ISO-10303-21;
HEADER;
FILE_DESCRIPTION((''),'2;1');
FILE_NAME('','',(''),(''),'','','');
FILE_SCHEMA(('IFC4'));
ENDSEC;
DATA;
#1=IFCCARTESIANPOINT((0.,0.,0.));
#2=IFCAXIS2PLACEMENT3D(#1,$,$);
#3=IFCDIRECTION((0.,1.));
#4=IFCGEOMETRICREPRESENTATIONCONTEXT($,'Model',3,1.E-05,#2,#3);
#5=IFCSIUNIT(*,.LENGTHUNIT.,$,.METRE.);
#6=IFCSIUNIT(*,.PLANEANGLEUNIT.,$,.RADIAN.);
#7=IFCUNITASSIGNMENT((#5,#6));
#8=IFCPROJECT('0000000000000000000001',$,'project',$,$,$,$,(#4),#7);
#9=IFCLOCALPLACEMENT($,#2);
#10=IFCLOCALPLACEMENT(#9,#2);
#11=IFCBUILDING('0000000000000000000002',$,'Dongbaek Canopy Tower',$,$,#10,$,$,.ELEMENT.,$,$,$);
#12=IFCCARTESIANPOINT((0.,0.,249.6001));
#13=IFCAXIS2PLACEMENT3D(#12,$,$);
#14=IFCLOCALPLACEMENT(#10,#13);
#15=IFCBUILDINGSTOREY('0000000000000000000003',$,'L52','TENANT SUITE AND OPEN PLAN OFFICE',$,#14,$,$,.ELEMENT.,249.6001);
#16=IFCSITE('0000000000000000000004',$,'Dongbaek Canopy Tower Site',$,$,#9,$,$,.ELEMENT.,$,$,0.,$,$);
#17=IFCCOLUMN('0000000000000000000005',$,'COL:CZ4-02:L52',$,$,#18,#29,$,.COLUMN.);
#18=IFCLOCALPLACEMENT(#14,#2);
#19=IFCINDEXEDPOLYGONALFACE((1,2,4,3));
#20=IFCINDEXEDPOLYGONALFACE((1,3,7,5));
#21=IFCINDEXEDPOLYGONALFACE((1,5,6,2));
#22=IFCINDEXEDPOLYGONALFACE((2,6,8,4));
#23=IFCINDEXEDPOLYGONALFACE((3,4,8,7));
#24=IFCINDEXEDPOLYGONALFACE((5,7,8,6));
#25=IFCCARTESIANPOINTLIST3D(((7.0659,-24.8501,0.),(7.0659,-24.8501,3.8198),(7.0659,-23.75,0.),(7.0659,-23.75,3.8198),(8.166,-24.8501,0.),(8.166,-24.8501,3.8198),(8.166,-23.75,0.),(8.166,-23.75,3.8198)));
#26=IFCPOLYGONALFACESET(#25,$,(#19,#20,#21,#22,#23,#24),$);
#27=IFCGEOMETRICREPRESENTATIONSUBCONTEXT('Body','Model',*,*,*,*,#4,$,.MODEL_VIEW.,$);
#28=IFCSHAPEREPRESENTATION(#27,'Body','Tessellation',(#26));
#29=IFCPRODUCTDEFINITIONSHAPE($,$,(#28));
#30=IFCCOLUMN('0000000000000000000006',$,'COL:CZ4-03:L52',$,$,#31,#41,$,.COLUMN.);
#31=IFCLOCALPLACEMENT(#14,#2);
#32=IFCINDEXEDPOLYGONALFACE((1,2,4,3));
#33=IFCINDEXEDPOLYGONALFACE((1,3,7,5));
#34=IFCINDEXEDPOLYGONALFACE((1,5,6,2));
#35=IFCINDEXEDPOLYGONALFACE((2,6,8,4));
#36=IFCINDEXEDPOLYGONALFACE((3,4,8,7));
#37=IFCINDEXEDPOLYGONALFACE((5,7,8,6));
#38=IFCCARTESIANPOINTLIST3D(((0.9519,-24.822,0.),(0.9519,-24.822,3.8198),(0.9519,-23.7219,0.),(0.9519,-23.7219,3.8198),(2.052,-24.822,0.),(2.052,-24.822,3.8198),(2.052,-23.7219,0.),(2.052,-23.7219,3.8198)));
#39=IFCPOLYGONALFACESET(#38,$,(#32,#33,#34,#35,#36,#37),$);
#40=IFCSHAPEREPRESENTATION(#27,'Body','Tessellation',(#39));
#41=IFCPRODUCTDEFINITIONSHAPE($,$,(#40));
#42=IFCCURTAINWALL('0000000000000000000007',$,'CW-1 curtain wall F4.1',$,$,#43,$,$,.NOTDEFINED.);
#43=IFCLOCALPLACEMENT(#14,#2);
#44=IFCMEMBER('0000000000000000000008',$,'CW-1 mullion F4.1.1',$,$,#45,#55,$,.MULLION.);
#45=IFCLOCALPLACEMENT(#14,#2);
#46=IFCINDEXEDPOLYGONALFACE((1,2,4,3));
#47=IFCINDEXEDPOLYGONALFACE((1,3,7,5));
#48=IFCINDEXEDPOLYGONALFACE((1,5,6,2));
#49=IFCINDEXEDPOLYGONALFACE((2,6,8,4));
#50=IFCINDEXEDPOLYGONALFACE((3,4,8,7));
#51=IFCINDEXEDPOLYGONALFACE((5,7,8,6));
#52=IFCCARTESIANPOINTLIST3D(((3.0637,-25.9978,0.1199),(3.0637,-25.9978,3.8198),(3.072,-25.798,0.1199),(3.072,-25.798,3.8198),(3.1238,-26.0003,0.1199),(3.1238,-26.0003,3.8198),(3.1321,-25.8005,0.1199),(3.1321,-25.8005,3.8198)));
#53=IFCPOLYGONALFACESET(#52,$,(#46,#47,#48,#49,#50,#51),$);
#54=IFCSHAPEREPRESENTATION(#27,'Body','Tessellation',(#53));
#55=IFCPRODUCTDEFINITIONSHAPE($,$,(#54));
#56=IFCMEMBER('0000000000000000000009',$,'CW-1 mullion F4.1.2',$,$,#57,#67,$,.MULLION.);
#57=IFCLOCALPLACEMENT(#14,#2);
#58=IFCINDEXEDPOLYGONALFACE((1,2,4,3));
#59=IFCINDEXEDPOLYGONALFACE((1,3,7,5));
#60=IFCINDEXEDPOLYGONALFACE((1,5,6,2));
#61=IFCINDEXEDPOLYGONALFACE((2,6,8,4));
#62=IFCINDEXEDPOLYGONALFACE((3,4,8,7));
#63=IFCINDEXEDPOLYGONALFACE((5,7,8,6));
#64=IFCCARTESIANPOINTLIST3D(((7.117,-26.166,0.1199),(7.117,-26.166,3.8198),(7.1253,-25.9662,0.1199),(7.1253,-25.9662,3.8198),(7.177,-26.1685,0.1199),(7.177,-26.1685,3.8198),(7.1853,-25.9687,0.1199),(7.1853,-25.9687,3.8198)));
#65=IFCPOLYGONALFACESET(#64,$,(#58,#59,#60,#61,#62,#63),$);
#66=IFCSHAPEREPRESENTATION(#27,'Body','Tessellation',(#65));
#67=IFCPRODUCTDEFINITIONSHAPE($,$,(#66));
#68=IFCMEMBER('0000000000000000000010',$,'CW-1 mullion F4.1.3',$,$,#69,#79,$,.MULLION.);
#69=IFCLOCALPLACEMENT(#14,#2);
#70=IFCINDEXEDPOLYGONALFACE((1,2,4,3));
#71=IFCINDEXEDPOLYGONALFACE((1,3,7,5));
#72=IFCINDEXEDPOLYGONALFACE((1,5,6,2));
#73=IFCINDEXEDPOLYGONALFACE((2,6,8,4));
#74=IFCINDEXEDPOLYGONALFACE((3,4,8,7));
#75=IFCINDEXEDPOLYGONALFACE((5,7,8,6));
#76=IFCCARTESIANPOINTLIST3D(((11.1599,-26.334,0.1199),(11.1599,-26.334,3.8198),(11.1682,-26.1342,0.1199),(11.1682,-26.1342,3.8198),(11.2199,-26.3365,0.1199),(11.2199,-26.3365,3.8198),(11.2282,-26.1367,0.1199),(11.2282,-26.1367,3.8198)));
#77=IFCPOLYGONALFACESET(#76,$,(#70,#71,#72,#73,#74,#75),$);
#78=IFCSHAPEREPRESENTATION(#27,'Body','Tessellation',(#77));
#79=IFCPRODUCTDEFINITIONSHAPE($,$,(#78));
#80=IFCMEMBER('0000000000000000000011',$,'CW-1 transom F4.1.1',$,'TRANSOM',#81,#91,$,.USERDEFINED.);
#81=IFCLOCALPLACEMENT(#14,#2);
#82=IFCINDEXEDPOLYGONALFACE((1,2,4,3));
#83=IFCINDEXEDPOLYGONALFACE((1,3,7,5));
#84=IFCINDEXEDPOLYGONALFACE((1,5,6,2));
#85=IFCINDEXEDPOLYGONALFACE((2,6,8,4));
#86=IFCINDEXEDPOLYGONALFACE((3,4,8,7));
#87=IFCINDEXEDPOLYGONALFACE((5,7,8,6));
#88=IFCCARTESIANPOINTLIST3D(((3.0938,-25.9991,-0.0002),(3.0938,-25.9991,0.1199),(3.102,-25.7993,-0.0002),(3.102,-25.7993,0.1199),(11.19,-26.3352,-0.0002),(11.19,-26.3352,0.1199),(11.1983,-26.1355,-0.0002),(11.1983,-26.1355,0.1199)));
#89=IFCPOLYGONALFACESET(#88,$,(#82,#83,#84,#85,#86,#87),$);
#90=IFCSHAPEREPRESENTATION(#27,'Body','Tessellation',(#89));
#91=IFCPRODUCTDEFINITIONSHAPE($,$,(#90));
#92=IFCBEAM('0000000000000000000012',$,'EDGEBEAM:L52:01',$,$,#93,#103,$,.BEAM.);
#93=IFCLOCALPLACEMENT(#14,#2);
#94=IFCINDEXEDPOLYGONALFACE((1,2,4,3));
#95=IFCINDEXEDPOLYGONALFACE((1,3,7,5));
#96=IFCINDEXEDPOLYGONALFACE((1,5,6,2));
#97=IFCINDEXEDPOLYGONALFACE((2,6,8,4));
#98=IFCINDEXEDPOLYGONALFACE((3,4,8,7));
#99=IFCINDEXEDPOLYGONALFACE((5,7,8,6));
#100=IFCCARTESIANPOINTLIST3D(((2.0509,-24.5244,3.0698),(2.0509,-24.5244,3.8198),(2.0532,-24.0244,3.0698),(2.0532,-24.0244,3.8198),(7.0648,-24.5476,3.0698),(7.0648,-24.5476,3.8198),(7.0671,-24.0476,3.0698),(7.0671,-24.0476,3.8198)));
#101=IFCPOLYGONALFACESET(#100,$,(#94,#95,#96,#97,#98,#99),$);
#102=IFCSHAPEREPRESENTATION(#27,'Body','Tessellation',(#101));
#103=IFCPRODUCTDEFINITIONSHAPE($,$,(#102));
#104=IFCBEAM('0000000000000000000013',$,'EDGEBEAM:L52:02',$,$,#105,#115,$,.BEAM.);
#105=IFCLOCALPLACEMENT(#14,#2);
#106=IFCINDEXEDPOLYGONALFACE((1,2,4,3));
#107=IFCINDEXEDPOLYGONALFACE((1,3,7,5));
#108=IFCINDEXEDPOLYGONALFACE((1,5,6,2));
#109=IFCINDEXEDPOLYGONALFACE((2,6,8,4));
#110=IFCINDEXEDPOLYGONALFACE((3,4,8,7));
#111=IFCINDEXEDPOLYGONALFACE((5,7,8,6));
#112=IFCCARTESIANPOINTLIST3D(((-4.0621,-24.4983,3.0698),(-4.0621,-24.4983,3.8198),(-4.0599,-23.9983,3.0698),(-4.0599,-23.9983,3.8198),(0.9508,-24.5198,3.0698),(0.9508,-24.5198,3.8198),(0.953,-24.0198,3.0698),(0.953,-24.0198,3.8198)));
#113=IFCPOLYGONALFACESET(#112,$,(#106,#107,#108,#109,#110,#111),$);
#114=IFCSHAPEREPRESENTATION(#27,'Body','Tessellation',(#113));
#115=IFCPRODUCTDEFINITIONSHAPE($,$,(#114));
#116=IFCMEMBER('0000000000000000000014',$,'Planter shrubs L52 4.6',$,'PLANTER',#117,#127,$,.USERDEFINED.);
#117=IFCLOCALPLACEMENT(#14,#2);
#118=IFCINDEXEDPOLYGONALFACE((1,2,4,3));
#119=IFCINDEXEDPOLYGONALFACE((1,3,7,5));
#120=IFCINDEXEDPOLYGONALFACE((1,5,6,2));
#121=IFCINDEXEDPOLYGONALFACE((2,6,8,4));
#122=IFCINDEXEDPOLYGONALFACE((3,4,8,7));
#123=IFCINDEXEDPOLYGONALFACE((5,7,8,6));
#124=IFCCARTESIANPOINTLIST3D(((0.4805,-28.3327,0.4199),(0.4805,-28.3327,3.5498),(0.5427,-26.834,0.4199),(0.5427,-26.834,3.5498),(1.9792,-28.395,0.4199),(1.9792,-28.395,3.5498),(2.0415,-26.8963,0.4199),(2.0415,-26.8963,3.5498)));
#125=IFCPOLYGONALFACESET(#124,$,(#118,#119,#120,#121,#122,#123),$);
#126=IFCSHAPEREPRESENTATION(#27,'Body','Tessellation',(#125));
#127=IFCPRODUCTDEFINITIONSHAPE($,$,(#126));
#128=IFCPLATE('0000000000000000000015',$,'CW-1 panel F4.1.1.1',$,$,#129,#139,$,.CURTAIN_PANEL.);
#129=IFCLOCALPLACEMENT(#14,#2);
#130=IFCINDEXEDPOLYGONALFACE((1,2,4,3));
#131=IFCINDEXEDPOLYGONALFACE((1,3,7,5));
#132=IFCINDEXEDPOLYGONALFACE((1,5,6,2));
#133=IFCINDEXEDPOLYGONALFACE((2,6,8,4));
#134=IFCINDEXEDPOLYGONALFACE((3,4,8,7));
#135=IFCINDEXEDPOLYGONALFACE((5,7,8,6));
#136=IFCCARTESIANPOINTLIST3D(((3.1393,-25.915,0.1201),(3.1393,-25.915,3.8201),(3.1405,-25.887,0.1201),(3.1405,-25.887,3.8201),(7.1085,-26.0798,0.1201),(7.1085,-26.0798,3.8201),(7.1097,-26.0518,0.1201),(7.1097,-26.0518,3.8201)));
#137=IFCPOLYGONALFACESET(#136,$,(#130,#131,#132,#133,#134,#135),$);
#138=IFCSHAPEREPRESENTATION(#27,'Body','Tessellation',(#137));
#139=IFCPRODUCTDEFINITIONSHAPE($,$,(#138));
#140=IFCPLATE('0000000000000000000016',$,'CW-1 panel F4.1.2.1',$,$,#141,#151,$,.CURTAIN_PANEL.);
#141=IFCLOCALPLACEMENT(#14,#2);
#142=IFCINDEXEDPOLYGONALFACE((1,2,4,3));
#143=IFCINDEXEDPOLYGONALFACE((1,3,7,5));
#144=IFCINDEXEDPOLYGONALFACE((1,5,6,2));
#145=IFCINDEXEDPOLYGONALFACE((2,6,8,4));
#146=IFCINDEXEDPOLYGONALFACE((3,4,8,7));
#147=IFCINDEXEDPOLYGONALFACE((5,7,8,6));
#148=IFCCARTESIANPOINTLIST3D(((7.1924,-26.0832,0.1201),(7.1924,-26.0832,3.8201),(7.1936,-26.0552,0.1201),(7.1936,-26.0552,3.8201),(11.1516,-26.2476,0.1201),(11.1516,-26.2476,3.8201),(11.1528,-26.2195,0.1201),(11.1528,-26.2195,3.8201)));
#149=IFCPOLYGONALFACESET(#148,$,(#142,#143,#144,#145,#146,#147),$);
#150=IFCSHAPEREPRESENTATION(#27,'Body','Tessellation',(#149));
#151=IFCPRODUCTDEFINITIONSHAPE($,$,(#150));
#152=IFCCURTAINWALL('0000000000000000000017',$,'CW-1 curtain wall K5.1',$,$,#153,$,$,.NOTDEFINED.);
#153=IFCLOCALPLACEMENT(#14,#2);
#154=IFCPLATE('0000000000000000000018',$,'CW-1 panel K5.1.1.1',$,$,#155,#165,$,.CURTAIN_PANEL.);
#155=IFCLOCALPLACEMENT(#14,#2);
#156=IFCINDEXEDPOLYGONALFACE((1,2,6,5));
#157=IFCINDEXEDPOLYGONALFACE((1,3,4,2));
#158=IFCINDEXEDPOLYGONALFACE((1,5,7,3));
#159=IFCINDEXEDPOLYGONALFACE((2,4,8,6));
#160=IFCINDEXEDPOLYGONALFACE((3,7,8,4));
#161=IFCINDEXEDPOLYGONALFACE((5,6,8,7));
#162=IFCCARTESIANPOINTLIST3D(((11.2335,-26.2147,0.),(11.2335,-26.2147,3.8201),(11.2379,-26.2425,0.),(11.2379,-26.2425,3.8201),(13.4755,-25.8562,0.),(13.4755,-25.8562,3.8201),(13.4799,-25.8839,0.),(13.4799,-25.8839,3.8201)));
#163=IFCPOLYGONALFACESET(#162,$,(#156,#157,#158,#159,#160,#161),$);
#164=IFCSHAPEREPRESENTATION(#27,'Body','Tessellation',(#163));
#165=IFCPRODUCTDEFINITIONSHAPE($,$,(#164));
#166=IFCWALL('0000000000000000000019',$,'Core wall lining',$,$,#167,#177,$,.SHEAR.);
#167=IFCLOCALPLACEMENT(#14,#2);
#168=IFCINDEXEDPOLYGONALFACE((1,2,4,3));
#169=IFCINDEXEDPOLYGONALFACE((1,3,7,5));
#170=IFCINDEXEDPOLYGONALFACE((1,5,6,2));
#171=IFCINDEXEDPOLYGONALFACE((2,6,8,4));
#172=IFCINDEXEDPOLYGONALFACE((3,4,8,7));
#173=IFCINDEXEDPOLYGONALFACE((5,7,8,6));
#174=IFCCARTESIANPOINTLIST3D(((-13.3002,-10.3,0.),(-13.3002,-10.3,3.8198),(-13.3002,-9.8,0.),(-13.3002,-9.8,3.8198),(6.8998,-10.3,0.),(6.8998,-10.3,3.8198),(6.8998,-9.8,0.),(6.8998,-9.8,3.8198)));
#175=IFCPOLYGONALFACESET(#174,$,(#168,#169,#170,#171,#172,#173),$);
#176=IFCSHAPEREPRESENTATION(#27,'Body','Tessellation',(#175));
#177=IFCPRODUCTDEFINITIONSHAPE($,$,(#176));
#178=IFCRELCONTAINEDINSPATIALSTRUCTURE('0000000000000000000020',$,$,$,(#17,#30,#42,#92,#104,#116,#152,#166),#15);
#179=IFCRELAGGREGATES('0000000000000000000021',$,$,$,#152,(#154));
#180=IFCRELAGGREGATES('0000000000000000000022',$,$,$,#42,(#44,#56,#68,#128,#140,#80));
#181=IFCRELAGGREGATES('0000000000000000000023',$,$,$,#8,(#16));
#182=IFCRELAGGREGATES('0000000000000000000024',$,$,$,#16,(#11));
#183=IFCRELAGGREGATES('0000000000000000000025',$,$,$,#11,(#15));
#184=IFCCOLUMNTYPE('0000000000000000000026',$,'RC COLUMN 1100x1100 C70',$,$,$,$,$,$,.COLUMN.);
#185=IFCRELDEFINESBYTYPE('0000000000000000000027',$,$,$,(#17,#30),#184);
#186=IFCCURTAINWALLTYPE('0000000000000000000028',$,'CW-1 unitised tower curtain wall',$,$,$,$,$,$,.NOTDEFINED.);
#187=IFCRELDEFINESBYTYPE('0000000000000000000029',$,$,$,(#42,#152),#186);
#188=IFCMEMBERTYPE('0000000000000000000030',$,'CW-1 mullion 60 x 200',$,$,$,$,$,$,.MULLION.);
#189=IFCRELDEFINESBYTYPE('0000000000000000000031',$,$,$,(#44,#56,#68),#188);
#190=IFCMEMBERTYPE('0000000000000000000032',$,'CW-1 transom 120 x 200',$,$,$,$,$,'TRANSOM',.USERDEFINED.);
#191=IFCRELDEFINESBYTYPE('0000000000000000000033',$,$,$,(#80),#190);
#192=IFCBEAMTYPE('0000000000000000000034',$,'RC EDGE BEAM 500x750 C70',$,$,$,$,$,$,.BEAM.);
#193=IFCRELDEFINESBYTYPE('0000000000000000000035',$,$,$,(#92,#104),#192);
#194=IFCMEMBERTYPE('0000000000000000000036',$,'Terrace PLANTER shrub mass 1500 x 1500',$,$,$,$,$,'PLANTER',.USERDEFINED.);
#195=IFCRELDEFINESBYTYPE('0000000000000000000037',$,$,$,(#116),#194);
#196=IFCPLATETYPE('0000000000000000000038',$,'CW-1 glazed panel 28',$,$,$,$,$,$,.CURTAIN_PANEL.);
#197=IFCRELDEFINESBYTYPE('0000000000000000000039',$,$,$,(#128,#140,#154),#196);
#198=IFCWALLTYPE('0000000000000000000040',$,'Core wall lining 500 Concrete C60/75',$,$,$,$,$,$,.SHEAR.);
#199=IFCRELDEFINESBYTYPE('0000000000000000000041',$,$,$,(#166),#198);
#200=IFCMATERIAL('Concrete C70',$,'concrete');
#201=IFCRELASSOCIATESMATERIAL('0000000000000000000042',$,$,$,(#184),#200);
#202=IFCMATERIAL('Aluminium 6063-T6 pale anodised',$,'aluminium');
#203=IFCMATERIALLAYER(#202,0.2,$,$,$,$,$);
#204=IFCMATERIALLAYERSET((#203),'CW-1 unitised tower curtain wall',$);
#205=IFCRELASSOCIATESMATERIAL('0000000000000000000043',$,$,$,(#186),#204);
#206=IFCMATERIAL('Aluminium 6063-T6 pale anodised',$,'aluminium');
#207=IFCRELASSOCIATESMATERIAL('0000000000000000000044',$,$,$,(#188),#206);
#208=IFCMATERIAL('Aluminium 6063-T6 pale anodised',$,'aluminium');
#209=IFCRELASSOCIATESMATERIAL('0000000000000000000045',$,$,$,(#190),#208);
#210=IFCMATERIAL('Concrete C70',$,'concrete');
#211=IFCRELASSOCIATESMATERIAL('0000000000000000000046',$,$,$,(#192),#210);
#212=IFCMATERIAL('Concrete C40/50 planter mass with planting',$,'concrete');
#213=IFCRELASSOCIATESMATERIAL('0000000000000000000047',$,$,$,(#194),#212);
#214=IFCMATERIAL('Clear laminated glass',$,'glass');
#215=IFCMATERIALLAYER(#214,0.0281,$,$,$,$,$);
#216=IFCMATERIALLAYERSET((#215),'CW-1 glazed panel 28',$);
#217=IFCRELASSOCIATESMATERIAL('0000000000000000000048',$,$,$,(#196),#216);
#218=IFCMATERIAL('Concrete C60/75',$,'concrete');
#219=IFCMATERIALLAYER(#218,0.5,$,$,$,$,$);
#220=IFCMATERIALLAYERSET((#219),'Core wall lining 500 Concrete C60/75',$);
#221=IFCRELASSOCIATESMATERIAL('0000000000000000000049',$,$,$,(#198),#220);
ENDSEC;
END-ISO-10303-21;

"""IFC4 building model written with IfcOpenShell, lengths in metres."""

from ifc_helpers import new_model, si_unit, direction, frame, frame_2d, origin, origin_2d, place, context, subcontext, project, spatial, rectangle, extrude, material, layer, layer_set, material_profile, profile_set, type_object, element, aggregate, save


model = new_model("IFC4")

# Units and contexts
model_context = context("Model", 3, precision=1e-05, world=origin(), true_north=direction((0.0, 1.0)))
body_context = subcontext(model_context, "Body", "Model", "MODEL_VIEW")
ifc_project = project(units=[si_unit("LENGTHUNIT", "METRE"), si_unit("PLANEANGLEUNIT", "RADIAN")], contexts=[model_context])

# Site, building, storey
site_placement = place(None, origin())
site = spatial("IfcSite", under=ifc_project, at=site_placement, Name="Dongbaek Canopy Tower Site", CompositionType="ELEMENT", RefElevation=0.0)
building_placement = place(site_placement, origin())
building = spatial("IfcBuilding", under=site, at=building_placement, Name="Dongbaek Canopy Tower", CompositionType="ELEMENT")
storey_placement = place(building_placement, frame((0.0, 0.0, 249.6001)))
storey = spatial("IfcBuildingStorey", under=building, at=storey_placement, Name="L52", Description="TENANT SUITE AND OPEN PLAN OFFICE", CompositionType="ELEMENT", Elevation=249.6001)

# Columns
ifc_material_1 = material(Name="Concrete C70", Category="concrete")
ifc_material_profile_1 = material_profile(ifc_material_1, rectangle(XDim=1.1001, YDim=1.1001, at=origin_2d()), Name="RC COLUMN 1100x1100 C70")
ifc_profile_set_1 = profile_set([ifc_material_profile_1], Name="Concrete C70")
column_type = type_object("IfcColumnType", Name="RC COLUMN 1100x1100 C70", PredefinedType="COLUMN", material=ifc_profile_set_1)
for number, where, z_axis, x_axis, name in (
    (1, (7.616, -24.3, 0.0), (0.0, 0.0, 1.0), (1.0, 0.0, 0.0), "COL:CZ4-02:L52"),
    (2, (1.502, -24.272, 0.0), (0.0, 0.0, 1.0), (1.0, 0.0, 0.0), "COL:CZ4-03:L52"),
):
    element("IfcColumn", number, at=place(storey_placement, frame(where, z_axis=z_axis, x_axis=x_axis)), inside=storey, type_object=column_type, Name=name, PredefinedType="COLUMN", context=body_context, shape_type="SweptSolid", body=[
        extrude(rectangle(XDim=1.1001, YDim=1.1001, at=origin_2d()), origin(), (0.0, 0.0, 1.0), 3.8198),
    ])

# Curtain wall, members
ifc_material_2 = material(Name="Aluminium 6063-T6 pale anodised", Category="aluminium")
ifc_layer_1 = layer(ifc_material_2, 0.2)
ifc_layer_set_1 = layer_set([ifc_layer_1], Name="CW-1 unitised tower curtain wall")
curtain_wall_type = type_object("IfcCurtainWallType", Name="CW-1 unitised tower curtain wall", PredefinedType="NOTDEFINED", material=ifc_layer_set_1)
curtain_wall_1_placement = place(storey_placement, origin())
curtain_wall_1 = element("IfcCurtainWall", 3, at=curtain_wall_1_placement, inside=storey, type_object=curtain_wall_type, Name="CW-1 curtain wall F4.1", PredefinedType="NOTDEFINED")
ifc_material_3 = material(Name="Aluminium 6063-T6 pale anodised", Category="aluminium")
ifc_material_profile_2 = material_profile(ifc_material_3, rectangle(XDim=0.2, YDim=0.0601, at=origin_2d()), Name="CW-1 mullion 60 x 200")
ifc_profile_set_2 = profile_set([ifc_material_profile_2], Name="Aluminium 6063-T6 pale anodised")
member_type_1 = type_object("IfcMemberType", Name="CW-1 mullion 60 x 200", PredefinedType="MULLION", material=ifc_profile_set_2)
member_1_placement = place(storey_placement, frame((3.0979, -25.8992, 0.1199), z_axis=(0.0, 0.0, 1.0), x_axis=(-0.041481, -0.999139, 0.0)))
member_1 = element("IfcMember", 4, at=member_1_placement, type_object=member_type_1, Name="CW-1 mullion F4.1.1", PredefinedType="MULLION", context=body_context, shape_type="SweptSolid", body=[
    extrude(rectangle(XDim=0.2, YDim=0.0601, at=origin_2d()), origin(), (0.0, 0.0, 1.0), 3.7),
])
member_2_placement = place(storey_placement, frame((7.1511, -26.0674, 0.1199), z_axis=(0.0, 0.0, 1.0), x_axis=(-0.041481, -0.999139, 0.0)))
member_2 = element("IfcMember", 5, at=member_2_placement, type_object=member_type_1, Name="CW-1 mullion F4.1.2", PredefinedType="MULLION", context=body_context, shape_type="SweptSolid", body=[
    extrude(rectangle(XDim=0.2, YDim=0.0601, at=origin_2d()), origin(), (0.0, 0.0, 1.0), 3.7),
])
member_3_placement = place(storey_placement, frame((11.1941, -26.2354, 0.1199), z_axis=(0.0, 0.0, 1.0), x_axis=(-0.041481, -0.999139, 0.0)))
member_3 = element("IfcMember", 6, at=member_3_placement, type_object=member_type_1, Name="CW-1 mullion F4.1.3", PredefinedType="MULLION", context=body_context, shape_type="SweptSolid", body=[
    extrude(rectangle(XDim=0.2, YDim=0.0601, at=origin_2d()), origin(), (0.0, 0.0, 1.0), 3.7),
])
ifc_material_4 = material(Name="Aluminium 6063-T6 pale anodised", Category="aluminium")
ifc_material_profile_3 = material_profile(ifc_material_4, rectangle(XDim=0.2, YDim=0.1201, at=origin_2d()), Name="CW-1 transom 120 x 200")
ifc_profile_set_3 = profile_set([ifc_material_profile_3], Name="Aluminium 6063-T6 pale anodised")
member_type_2 = type_object("IfcMemberType", Name="CW-1 transom 120 x 200", ElementType="TRANSOM", PredefinedType="USERDEFINED", material=ifc_profile_set_3)
member_4_placement = place(storey_placement, frame((3.0979, -25.8992, 0.0598), z_axis=(0.999139, -0.041488, 0.0), x_axis=(0.041488, 0.999139, 0.0)))
member_4 = element("IfcMember", 7, at=member_4_placement, type_object=member_type_2, Name="CW-1 transom F4.1.1", ObjectType="TRANSOM", PredefinedType="USERDEFINED", context=body_context, shape_type="SweptSolid", body=[
    extrude(rectangle(XDim=0.2, YDim=0.1201, at=origin_2d()), origin(), (0.0, 0.0, 1.0), 8.1033),
])

# Beams
ifc_material_5 = material(Name="Concrete C70", Category="concrete")
ifc_material_profile_4 = material_profile(ifc_material_5, rectangle(XDim=0.5, YDim=0.75, at=origin_2d()), Name="RC EDGE BEAM 500x750 C70")
ifc_profile_set_4 = profile_set([ifc_material_profile_4], Name="Concrete C70")
beam_type = type_object("IfcBeamType", Name="RC EDGE BEAM 500x750 C70", PredefinedType="BEAM", material=ifc_profile_set_4)
beam_1_placement = place(storey_placement, frame((7.0659, -24.2976, 3.4448), z_axis=(-0.999989, 0.004626, 0.0), x_axis=(-0.004626, -0.999989, 0.0)))
element("IfcBeam", 8, at=beam_1_placement, inside=storey, type_object=beam_type, Name="EDGEBEAM:L52:01", PredefinedType="BEAM", context=body_context, shape_type="SweptSolid", body=[
    extrude(rectangle(XDim=0.5, YDim=0.75, at=origin_2d()), origin(), (0.0, 0.0, 1.0), 5.0139),
])
beam_2_placement = place(storey_placement, frame((0.9519, -24.2698, 3.4448), z_axis=(-0.999991, 0.004286, 0.0), x_axis=(-0.004286, -0.999991, 0.0)))
element("IfcBeam", 9, at=beam_2_placement, inside=storey, type_object=beam_type, Name="EDGEBEAM:L52:02", PredefinedType="BEAM", context=body_context, shape_type="SweptSolid", body=[
    extrude(rectangle(XDim=0.5, YDim=0.75, at=origin_2d()), origin(), (0.0, 0.0, 1.0), 5.0129),
])

# Member
ifc_material_6 = material(Name="Concrete C40/50 planter mass with planting", Category="concrete")
ifc_material_profile_5 = material_profile(ifc_material_6, rectangle(XDim=1.5, YDim=1.5, at=origin_2d()), Name="Terrace PLANTER shrub mass 1500 x 1500")
ifc_profile_set_5 = profile_set([ifc_material_profile_5], Name="Concrete C40/50 planter mass with planting")
member_type_3 = type_object("IfcMemberType", Name="Terrace PLANTER shrub mass 1500 x 1500", ElementType="PLANTER", PredefinedType="USERDEFINED", material=ifc_profile_set_5)
member_5_placement = place(storey_placement, frame((1.261, -27.6145, 0.4199), z_axis=(0.0, 0.0, 1.0), x_axis=(-0.041481, -0.999139, 0.0)))
element("IfcMember", 10, at=member_5_placement, inside=storey, type_object=member_type_3, Name="Planter shrubs L52 4.6", ObjectType="PLANTER", PredefinedType="USERDEFINED", context=body_context, shape_type="SweptSolid", body=[
    extrude(rectangle(XDim=1.5, YDim=1.5, at=origin_2d()), origin(), (0.0, 0.0, 1.0), 3.1299),
])

# Plates
ifc_material_7 = material(Name="Clear laminated glass", Category="glass")
ifc_layer_2 = layer(ifc_material_7, 0.0281)
ifc_layer_set_2 = layer_set([ifc_layer_2], Name="CW-1 glazed panel 28")
plate_type = type_object("IfcPlateType", Name="CW-1 glazed panel 28", PredefinedType="CURTAIN_PANEL", material=ifc_layer_set_2)
plate_1_placement = place(storey_placement, frame((5.1245, -25.9834, 0.1201), z_axis=(0.0, 0.0, 1.0), x_axis=(0.999139, -0.041481, 0.0)))
plate_1 = element("IfcPlate", 11, at=plate_1_placement, type_object=plate_type, Name="CW-1 panel F4.1.1.1", PredefinedType="CURTAIN_PANEL", context=body_context, shape_type="SweptSolid", body=[
    extrude(rectangle(XDim=3.9727, YDim=0.0281, at=origin_2d()), origin(), (0.0, 0.0, 1.0), 3.7),
])
plate_2_placement = place(storey_placement, frame((9.1726, -26.1514, 0.1201), z_axis=(0.0, 0.0, 1.0), x_axis=(0.999139, -0.041481, 0.0)))
plate_2 = element("IfcPlate", 12, at=plate_2_placement, type_object=plate_type, Name="CW-1 panel F4.1.2.1", PredefinedType="CURTAIN_PANEL", context=body_context, shape_type="SweptSolid", body=[
    extrude(rectangle(XDim=3.9626, YDim=0.0281, at=origin_2d()), origin(), (0.0, 0.0, 1.0), 3.7),
])

# Curtain wall, plate
curtain_wall_2_placement = place(storey_placement, origin())
curtain_wall_2 = element("IfcCurtainWall", 13, at=curtain_wall_2_placement, inside=storey, type_object=curtain_wall_type, Name="CW-1 curtain wall K5.1", PredefinedType="NOTDEFINED")
plate_3_placement = place(storey_placement, frame((12.3567, -26.0493, 0.0), z_axis=(0.0, 0.0, 1.0), x_axis=(0.987452, 0.157918, 0.0)))
plate_3 = element("IfcPlate", 14, at=plate_3_placement, type_object=plate_type, Name="CW-1 panel K5.1.1.1", PredefinedType="CURTAIN_PANEL", context=body_context, shape_type="SweptSolid", body=[
    extrude(rectangle(XDim=2.2705, YDim=0.0281, at=origin_2d()), origin(), (0.0, 0.0, 1.0), 3.8201),
])
aggregate(curtain_wall_2, [plate_3])

# Wall
ifc_material_8 = material(Name="Concrete C60/75", Category="concrete")
ifc_layer_3 = layer(ifc_material_8, 0.5)
ifc_layer_set_3 = layer_set([ifc_layer_3], Name="Core wall lining 500 Concrete C60/75")
wall_type_1 = type_object("IfcWallType", Name="Core wall lining 500 Concrete C60/75", PredefinedType="SHEAR", material=ifc_layer_set_3)
wall_1_placement = place(storey_placement, frame((6.8999, -10.05, 0.0), z_axis=(0.0, 0.0, 1.0), x_axis=(-1.0, 0.0, 0.0)))
element("IfcWall", 15, at=wall_1_placement, inside=storey, type_object=wall_type_1, Name="Core wall lining", PredefinedType="SHEAR", context=body_context, shape_type="SweptSolid", body=[
    extrude(rectangle(XDim=20.2, YDim=0.5, at=frame_2d((10.1001, 0.0))), origin(), (0.0, 0.0, 1.0), 3.8198),
])

aggregate(curtain_wall_1, [member_1, member_2, member_3, plate_1, plate_2, member_4])

save(model, "model.ifc")
